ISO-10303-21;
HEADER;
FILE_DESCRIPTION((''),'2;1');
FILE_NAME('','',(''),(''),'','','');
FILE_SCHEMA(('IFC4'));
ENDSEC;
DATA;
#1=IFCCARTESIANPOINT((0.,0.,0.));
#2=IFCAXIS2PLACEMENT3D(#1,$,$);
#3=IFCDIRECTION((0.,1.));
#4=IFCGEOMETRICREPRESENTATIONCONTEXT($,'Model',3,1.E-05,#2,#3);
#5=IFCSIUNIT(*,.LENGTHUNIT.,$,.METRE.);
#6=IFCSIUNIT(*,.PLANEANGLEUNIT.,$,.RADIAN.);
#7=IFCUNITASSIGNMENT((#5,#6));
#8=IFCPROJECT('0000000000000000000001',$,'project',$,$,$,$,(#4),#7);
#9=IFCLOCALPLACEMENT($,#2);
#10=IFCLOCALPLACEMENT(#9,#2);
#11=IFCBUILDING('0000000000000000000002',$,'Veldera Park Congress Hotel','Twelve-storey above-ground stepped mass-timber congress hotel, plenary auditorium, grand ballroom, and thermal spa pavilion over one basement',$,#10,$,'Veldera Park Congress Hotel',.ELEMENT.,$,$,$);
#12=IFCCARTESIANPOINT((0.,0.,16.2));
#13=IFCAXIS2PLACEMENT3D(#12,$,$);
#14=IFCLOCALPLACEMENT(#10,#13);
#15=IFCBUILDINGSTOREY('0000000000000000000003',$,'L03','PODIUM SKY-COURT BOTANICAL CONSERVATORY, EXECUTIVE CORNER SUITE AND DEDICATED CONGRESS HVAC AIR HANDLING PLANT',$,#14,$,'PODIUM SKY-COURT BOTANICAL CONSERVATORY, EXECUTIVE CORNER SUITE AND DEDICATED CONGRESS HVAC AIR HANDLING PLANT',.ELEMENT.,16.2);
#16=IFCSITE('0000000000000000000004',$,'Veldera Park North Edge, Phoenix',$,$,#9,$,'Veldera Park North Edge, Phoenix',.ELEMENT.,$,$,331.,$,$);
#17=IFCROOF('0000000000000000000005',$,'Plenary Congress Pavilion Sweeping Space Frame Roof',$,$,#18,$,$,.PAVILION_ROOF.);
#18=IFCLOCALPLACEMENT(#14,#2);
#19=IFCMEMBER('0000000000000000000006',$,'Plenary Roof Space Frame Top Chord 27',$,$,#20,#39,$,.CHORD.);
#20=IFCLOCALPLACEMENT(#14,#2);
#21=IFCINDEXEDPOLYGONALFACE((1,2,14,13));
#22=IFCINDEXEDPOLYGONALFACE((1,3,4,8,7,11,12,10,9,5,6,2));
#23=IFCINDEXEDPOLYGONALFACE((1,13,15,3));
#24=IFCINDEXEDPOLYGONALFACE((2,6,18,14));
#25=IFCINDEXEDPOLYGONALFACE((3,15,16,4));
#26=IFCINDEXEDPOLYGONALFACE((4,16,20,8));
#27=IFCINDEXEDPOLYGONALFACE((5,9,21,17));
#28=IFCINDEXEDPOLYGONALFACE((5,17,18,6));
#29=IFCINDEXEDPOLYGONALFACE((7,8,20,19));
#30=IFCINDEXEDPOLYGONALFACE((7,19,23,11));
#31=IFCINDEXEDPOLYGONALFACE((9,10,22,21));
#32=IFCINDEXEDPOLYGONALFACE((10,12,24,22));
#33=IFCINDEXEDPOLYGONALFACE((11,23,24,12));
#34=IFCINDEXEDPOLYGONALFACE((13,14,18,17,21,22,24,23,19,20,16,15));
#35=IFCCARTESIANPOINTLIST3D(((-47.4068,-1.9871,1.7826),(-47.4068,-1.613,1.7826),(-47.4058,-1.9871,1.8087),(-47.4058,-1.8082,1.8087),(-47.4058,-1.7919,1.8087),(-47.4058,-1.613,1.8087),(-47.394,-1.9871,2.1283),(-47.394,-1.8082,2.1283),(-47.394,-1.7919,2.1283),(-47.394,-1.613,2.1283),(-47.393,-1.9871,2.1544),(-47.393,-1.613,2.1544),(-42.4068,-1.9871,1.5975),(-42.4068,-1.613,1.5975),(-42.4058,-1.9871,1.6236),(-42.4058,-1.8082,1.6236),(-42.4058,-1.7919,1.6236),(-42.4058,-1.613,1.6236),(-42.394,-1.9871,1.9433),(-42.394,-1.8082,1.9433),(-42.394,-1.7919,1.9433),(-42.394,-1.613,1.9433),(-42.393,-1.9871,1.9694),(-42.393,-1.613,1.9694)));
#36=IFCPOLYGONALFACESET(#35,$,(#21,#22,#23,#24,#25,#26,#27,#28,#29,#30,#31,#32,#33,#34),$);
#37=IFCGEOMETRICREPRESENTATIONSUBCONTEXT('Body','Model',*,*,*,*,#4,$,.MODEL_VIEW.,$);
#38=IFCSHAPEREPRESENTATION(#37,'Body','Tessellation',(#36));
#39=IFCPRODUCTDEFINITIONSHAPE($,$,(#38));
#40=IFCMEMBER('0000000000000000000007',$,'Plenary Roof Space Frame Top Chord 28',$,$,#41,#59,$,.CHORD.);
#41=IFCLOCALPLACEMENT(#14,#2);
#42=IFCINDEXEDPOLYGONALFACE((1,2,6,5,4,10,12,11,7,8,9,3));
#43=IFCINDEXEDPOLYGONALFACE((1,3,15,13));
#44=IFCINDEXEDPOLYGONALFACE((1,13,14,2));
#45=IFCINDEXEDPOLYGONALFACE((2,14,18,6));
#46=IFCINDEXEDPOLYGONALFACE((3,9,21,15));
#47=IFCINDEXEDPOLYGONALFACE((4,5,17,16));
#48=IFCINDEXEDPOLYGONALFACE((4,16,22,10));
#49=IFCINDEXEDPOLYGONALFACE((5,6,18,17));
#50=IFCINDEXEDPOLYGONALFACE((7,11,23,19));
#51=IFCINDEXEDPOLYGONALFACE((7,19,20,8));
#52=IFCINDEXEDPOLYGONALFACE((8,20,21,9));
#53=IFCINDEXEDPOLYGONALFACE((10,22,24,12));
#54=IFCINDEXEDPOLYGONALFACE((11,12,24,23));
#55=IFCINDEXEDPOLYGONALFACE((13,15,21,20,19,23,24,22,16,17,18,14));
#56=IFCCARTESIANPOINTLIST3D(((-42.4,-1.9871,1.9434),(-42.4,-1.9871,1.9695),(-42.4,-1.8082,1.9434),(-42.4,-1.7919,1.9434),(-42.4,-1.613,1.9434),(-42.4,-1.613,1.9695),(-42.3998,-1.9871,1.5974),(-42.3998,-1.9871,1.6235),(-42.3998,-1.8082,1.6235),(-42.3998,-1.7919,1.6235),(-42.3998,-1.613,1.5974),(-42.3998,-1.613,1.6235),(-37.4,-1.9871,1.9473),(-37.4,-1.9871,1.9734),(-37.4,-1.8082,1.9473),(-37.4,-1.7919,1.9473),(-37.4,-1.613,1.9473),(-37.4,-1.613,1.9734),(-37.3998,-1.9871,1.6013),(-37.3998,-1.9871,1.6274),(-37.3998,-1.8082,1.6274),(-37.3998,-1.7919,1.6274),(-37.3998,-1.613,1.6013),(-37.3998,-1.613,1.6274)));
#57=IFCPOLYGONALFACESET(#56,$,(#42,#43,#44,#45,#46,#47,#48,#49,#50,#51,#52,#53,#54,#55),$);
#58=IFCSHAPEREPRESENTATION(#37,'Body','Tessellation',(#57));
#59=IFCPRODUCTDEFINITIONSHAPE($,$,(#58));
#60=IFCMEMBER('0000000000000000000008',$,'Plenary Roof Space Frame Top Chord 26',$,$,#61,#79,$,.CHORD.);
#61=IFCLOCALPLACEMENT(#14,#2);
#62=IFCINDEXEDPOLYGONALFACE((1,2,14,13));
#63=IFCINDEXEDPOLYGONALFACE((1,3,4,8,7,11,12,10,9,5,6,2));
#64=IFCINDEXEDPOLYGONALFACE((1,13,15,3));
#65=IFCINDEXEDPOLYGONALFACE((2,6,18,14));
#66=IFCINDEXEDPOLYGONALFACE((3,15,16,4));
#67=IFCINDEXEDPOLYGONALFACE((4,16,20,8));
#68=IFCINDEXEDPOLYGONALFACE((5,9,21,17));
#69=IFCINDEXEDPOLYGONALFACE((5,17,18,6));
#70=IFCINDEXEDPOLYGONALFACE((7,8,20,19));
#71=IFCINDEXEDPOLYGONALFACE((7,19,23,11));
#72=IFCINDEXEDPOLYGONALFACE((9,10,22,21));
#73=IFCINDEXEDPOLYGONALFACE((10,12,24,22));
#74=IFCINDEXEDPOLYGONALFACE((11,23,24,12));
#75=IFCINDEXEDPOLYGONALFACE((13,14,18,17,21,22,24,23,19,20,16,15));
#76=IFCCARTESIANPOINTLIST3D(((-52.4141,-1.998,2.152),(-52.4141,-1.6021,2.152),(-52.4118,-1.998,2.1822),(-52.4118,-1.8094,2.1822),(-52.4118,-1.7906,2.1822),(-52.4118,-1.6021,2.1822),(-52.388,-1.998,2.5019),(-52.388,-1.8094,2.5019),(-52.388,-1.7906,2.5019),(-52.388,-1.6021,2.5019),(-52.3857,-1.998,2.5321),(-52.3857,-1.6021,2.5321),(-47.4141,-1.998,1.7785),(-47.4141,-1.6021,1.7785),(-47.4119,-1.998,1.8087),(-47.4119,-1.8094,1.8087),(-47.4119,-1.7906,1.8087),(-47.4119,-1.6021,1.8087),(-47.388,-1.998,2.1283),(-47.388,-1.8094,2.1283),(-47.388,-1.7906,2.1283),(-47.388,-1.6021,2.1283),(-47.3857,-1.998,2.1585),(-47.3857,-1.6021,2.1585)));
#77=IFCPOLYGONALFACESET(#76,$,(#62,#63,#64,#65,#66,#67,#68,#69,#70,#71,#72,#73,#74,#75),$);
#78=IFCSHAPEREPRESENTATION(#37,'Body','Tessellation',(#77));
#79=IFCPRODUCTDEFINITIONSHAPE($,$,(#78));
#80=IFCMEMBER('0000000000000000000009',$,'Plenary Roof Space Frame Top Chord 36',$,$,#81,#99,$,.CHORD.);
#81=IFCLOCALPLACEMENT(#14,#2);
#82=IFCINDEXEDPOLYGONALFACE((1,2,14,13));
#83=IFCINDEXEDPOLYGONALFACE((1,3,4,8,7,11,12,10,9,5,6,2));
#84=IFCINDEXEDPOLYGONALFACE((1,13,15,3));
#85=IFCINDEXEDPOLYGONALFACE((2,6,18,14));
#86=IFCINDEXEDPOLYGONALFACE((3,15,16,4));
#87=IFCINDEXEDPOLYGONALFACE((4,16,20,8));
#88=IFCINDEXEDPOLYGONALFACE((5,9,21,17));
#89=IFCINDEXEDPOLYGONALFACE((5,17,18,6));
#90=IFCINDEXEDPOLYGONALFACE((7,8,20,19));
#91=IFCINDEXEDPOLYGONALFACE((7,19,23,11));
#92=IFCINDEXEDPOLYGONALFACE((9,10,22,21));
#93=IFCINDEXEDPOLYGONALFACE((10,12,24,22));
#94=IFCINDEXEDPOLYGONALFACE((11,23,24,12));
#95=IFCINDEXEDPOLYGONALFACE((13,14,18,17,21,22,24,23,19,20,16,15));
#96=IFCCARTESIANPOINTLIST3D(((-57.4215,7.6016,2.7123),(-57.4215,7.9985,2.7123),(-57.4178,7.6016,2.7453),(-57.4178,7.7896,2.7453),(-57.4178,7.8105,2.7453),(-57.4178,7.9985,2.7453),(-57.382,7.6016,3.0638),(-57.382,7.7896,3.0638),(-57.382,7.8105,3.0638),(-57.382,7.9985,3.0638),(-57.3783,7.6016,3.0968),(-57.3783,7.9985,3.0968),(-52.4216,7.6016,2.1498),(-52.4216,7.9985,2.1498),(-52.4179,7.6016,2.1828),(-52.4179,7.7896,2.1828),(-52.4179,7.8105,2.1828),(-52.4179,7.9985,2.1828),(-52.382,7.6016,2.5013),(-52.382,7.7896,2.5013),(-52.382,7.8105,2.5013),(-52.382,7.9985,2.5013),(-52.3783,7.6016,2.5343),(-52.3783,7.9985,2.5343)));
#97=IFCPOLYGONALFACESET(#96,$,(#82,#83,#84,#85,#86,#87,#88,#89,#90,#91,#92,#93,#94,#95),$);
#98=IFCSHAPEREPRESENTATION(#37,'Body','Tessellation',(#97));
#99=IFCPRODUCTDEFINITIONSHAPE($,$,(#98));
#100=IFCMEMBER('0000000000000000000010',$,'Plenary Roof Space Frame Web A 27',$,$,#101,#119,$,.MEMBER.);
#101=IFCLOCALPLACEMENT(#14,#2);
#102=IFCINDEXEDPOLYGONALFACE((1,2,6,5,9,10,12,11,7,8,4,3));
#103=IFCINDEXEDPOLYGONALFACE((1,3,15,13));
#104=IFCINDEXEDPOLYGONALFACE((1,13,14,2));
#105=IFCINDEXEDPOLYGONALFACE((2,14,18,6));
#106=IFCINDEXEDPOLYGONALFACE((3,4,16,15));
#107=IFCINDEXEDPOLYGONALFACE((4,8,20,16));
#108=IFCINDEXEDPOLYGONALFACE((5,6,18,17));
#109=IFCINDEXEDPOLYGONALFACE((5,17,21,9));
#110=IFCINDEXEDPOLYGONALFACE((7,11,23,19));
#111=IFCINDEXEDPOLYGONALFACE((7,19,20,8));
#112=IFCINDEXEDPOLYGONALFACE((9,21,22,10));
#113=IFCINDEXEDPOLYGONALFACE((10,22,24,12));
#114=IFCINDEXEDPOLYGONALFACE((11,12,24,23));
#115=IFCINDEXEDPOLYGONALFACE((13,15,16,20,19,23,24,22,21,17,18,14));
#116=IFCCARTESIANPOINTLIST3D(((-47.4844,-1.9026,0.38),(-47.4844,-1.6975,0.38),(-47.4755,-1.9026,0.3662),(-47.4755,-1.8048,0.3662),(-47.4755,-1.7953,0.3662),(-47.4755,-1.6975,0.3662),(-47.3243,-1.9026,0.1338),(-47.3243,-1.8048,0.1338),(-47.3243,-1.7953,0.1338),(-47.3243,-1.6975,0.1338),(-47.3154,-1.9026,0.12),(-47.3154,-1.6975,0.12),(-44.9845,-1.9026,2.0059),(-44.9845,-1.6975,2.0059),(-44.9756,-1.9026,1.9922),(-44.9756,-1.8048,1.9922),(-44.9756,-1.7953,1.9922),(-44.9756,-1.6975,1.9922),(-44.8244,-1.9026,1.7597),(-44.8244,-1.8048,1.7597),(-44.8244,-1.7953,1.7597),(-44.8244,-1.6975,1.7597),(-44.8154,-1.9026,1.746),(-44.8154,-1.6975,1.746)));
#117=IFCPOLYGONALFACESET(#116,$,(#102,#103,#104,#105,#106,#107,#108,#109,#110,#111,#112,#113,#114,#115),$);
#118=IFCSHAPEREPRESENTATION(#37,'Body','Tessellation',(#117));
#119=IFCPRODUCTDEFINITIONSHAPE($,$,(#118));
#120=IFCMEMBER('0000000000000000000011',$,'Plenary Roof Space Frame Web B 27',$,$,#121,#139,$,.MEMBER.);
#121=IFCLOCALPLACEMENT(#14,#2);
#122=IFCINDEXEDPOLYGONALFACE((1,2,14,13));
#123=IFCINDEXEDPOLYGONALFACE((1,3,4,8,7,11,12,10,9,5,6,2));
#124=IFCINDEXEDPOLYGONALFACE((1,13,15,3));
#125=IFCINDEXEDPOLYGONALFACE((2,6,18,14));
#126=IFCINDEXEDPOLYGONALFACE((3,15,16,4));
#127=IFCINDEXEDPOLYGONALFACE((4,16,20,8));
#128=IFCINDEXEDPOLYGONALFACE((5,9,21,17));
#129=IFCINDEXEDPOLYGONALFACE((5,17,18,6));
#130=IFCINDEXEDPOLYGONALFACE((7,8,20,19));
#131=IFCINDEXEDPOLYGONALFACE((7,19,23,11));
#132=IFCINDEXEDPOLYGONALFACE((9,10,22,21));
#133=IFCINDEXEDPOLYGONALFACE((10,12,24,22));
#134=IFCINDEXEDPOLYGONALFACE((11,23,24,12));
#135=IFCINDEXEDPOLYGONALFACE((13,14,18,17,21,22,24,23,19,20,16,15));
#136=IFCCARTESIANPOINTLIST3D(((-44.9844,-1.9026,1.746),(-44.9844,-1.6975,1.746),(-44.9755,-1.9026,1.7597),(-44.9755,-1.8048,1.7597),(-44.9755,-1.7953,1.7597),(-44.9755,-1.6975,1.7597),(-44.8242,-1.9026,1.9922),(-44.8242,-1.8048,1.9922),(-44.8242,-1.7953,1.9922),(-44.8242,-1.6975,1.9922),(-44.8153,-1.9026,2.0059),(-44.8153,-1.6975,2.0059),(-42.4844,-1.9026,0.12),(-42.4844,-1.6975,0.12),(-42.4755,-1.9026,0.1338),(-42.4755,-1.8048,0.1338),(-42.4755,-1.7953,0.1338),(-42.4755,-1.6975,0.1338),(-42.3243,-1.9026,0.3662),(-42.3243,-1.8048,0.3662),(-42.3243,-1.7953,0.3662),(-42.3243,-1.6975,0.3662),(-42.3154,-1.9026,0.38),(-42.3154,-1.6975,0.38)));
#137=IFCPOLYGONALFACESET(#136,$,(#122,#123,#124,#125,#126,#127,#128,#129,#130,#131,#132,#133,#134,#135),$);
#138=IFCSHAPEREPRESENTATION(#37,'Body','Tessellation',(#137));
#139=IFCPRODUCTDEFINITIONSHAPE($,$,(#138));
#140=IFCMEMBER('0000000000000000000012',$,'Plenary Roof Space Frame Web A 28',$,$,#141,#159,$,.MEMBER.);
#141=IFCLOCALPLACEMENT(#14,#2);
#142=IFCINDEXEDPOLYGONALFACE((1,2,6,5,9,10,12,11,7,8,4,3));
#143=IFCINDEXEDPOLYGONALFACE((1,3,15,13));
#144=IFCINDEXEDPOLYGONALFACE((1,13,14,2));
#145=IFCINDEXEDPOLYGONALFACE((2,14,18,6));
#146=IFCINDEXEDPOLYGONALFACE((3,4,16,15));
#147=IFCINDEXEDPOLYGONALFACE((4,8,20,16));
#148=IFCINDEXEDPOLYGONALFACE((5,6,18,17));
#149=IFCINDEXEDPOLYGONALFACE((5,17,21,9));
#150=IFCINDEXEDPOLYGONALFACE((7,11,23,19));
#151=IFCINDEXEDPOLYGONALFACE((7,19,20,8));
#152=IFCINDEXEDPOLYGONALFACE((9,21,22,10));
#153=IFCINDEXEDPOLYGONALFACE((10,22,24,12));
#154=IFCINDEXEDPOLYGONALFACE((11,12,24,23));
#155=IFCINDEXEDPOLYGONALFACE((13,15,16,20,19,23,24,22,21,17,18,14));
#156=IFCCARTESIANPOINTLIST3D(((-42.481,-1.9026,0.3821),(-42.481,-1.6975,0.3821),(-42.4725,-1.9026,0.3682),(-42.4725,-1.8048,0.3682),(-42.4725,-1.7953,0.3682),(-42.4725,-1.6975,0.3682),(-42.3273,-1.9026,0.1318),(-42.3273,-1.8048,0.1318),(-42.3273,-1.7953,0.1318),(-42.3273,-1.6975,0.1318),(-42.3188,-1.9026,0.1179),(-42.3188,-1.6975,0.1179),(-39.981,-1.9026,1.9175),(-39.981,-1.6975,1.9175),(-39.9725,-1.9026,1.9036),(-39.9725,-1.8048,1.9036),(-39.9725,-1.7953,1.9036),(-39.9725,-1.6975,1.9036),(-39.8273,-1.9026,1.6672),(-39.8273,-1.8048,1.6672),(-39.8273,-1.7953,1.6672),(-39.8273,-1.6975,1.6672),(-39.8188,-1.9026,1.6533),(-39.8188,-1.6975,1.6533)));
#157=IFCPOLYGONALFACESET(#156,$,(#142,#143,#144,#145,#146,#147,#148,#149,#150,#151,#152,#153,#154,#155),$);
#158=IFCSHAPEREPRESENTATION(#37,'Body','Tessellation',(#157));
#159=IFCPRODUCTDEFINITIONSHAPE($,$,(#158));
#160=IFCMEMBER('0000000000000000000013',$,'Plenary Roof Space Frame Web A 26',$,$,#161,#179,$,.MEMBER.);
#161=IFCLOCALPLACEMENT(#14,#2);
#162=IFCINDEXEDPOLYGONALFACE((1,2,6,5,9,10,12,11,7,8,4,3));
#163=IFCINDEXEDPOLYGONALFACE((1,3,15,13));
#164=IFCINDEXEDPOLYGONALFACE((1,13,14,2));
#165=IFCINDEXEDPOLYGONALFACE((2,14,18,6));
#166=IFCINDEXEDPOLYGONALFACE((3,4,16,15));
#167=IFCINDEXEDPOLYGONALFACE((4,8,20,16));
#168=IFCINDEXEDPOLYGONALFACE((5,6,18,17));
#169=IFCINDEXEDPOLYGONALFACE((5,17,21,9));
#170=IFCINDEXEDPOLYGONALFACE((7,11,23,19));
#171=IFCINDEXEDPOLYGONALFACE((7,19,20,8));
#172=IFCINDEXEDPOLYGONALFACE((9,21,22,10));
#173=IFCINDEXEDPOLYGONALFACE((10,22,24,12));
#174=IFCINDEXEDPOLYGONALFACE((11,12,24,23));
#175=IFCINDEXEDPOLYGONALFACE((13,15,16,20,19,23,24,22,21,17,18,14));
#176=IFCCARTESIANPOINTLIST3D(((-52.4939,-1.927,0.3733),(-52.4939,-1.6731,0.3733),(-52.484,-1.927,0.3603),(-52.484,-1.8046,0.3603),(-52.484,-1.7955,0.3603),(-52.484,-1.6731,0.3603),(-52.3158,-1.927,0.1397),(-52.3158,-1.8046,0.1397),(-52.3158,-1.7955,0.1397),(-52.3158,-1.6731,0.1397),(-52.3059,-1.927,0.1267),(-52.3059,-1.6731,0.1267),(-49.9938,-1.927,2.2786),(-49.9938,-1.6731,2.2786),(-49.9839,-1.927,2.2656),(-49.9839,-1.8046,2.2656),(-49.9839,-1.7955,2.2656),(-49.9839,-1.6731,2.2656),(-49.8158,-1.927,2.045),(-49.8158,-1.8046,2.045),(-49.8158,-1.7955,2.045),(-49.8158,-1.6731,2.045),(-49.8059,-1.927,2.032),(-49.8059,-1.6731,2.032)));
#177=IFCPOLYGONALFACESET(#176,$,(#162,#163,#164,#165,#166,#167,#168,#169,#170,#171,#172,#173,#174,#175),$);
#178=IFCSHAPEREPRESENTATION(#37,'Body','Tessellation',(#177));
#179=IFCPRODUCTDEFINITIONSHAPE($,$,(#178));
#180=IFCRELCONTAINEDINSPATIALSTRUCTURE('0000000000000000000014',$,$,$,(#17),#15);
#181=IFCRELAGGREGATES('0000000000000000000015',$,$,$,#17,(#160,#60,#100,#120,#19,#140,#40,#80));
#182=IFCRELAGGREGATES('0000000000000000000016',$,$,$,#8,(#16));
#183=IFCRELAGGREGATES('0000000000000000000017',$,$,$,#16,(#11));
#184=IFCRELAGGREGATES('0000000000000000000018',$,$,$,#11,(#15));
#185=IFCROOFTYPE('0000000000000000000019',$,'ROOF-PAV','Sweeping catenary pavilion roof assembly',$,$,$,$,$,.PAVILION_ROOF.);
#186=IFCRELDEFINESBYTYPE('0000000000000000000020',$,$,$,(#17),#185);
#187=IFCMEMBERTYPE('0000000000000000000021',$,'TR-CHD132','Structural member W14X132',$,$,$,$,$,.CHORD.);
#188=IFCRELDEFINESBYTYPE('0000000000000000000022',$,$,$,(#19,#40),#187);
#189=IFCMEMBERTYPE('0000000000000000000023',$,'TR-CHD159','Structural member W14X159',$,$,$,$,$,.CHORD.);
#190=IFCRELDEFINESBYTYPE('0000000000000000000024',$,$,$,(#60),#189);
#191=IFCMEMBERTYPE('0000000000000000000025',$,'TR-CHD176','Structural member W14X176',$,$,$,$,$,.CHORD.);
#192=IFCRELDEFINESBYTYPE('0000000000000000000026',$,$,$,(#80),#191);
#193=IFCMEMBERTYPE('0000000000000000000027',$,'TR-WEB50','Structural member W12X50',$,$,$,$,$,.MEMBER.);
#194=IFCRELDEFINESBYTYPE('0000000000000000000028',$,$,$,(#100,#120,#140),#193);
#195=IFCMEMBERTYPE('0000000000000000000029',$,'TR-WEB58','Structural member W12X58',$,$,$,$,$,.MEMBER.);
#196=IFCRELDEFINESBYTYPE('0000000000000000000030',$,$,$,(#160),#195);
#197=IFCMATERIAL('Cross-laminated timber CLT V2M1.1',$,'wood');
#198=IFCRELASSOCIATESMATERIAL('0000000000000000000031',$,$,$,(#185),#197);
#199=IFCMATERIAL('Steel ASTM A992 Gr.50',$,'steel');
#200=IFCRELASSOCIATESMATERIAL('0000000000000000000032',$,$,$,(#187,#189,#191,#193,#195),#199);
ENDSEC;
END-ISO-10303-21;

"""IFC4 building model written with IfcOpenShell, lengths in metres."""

from ifc_helpers import new_model, si_unit, direction, frame, origin, origin_2d, place, context, subcontext, project, spatial, i_section, extrude, material, material_profile, profile_set, type_object, element, aggregate, save


model = new_model("IFC4")

# Units and contexts
model_context = context("Model", 3, precision=1e-05, world=origin(), true_north=direction((0.0, 1.0)))
body_context = subcontext(model_context, "Body", "Model", "MODEL_VIEW")
ifc_project = project(units=[si_unit("LENGTHUNIT", "METRE"), si_unit("PLANEANGLEUNIT", "RADIAN")], contexts=[model_context])

# Site, building, storey
site_placement = place(None, origin())
site = spatial("IfcSite", under=ifc_project, at=site_placement, Name="Veldera Park North Edge, Phoenix", LongName="Veldera Park North Edge, Phoenix", CompositionType="ELEMENT", RefElevation=331.0)
building_placement = place(site_placement, origin())
building = spatial("IfcBuilding", under=site, at=building_placement, Name="Veldera Park Congress Hotel", Description="Twelve-storey above-ground stepped mass-timber congress hotel, plenary auditorium, grand ballroom, and thermal spa pavilion over one basement", LongName="Veldera Park Congress Hotel", CompositionType="ELEMENT")
storey_placement = place(building_placement, frame((0.0, 0.0, 16.2)))
storey = spatial("IfcBuildingStorey", under=building, at=storey_placement, Name="L03", Description="PODIUM SKY-COURT BOTANICAL CONSERVATORY, EXECUTIVE CORNER SUITE AND DEDICATED CONGRESS HVAC AIR HANDLING PLANT", LongName="PODIUM SKY-COURT BOTANICAL CONSERVATORY, EXECUTIVE CORNER SUITE AND DEDICATED CONGRESS HVAC AIR HANDLING PLANT", CompositionType="ELEMENT", Elevation=16.2)

# Roof, members
ifc_material_1 = material(Name="Cross-laminated timber CLT V2M1.1", Category="wood")
roof_type = type_object("IfcRoofType", Name="ROOF-PAV", Description="Sweeping catenary pavilion roof assembly", PredefinedType="PAVILION_ROOF", material=ifc_material_1)
roof_placement = place(storey_placement, origin())
roof = element("IfcRoof", 1, at=roof_placement, inside=storey, type_object=roof_type, Name="Plenary Congress Pavilion Sweeping Space Frame Roof", PredefinedType="PAVILION_ROOF")
ifc_material_2 = material(Name="Steel ASTM A992 Gr.50", Category="steel")
ifc_material_profile_1 = material_profile(ifc_material_2, i_section(OverallWidth=0.374, OverallDepth=0.3721, WebThickness=0.0164, FlangeThickness=0.0261, at=origin_2d()), Name="W14X132")
ifc_profile_set_1 = profile_set([ifc_material_profile_1], Name="Steel ASTM A992 Gr.50")
member_type_1 = type_object("IfcMemberType", Name="TR-CHD132", Description="Structural member W14X132", PredefinedType="CHORD", material=ifc_profile_set_1)
member_1_placement = place(storey_placement, frame((-47.3999, -1.8, 1.9685), z_axis=(0.999316, 0.0, -0.036986), x_axis=(0.0, 1.0, 0.0)))
member_1 = element("IfcMember", 2, at=member_1_placement, type_object=member_type_1, Name="Plenary Roof Space Frame Top Chord 27", PredefinedType="CHORD", context=body_context, shape_type="SweptSolid", body=[
    extrude(i_section(OverallWidth=0.374, OverallDepth=0.3721, WebThickness=0.0164, FlangeThickness=0.0261, at=origin_2d()), origin(), (0.0, 0.0, 1.0), 5.0034),
])
member_2_placement = place(storey_placement, frame((-42.3999, -1.8, 1.7834), z_axis=(1.0, 0.0, 0.000781), x_axis=(0.0, 1.0, 0.0)))
member_2 = element("IfcMember", 3, at=member_2_placement, type_object=member_type_1, Name="Plenary Roof Space Frame Top Chord 28", PredefinedType="CHORD", context=body_context, shape_type="SweptSolid", body=[
    extrude(i_section(OverallWidth=0.374, OverallDepth=0.3721, WebThickness=0.0164, FlangeThickness=0.0261, at=origin_2d()), origin(), (0.0, 0.0, 1.0), 5.0),
])
ifc_material_profile_2 = material_profile(ifc_material_2, i_section(OverallWidth=0.396, OverallDepth=0.3811, WebThickness=0.0188, FlangeThickness=0.0303, at=origin_2d()), Name="W14X159")
ifc_profile_set_2 = profile_set([ifc_material_profile_2], Name="Steel ASTM A992 Gr.50")
member_type_2 = type_object("IfcMemberType", Name="TR-CHD159", Description="Structural member W14X159", PredefinedType="CHORD", material=ifc_profile_set_2)
member_3_placement = place(storey_placement, frame((-52.3999, -1.8, 2.342), z_axis=(0.997221, 0.0, -0.074499), x_axis=(0.0, 1.0, 0.0)))
member_3 = element("IfcMember", 4, at=member_3_placement, type_object=member_type_2, Name="Plenary Roof Space Frame Top Chord 26", PredefinedType="CHORD", context=body_context, shape_type="SweptSolid", body=[
    extrude(i_section(OverallWidth=0.396, OverallDepth=0.3811, WebThickness=0.0188, FlangeThickness=0.0303, at=origin_2d()), origin(), (0.0, 0.0, 1.0), 5.0139),
])
ifc_material_profile_3 = material_profile(ifc_material_2, i_section(OverallWidth=0.397, OverallDepth=0.387, WebThickness=0.021, FlangeThickness=0.0332, at=origin_2d()), Name="W14X176")
ifc_profile_set_3 = profile_set([ifc_material_profile_3], Name="Steel ASTM A992 Gr.50")
member_type_3 = type_object("IfcMemberType", Name="TR-CHD176", Description="Structural member W14X176", PredefinedType="CHORD", material=ifc_profile_set_3)
member_4_placement = place(storey_placement, frame((-57.3999, 7.8, 2.9045), z_axis=(0.993731, 0.0, -0.111795), x_axis=(0.0, 1.0, 0.0)))
member_4 = element("IfcMember", 5, at=member_4_placement, type_object=member_type_3, Name="Plenary Roof Space Frame Top Chord 36", PredefinedType="CHORD", context=body_context, shape_type="SweptSolid", body=[
    extrude(i_section(OverallWidth=0.397, OverallDepth=0.387, WebThickness=0.021, FlangeThickness=0.0332, at=origin_2d()), origin(), (0.0, 0.0, 1.0), 5.0315),
])
ifc_material_profile_4 = material_profile(ifc_material_2, i_section(OverallWidth=0.2051, OverallDepth=0.3101, WebThickness=0.0095, FlangeThickness=0.0164, at=origin_2d()), Name="W12X50")
ifc_profile_set_4 = profile_set([ifc_material_profile_4], Name="Steel ASTM A992 Gr.50")
member_type_4 = type_object("IfcMemberType", Name="TR-WEB50", Description="Structural member W12X50", PredefinedType="MEMBER", material=ifc_profile_set_4)
member_5_placement = place(storey_placement, frame((-47.3999, -1.8, 0.25), z_axis=(0.838294, 0.0, 0.545219), x_axis=(0.0, 1.0, 0.0)))
member_5 = element("IfcMember", 6, at=member_5_placement, type_object=member_type_4, Name="Plenary Roof Space Frame Web A 27", PredefinedType="MEMBER", context=body_context, shape_type="SweptSolid", body=[
    extrude(i_section(OverallWidth=0.2051, OverallDepth=0.3101, WebThickness=0.0095, FlangeThickness=0.0164, at=origin_2d()), origin(), (0.0, 0.0, 1.0), 2.9822),
])
member_6_placement = place(storey_placement, frame((-42.3999, -1.8, 0.25), z_axis=(-0.838294, 0.0, 0.545219), x_axis=(0.0, -1.0, 0.0)))
member_6 = element("IfcMember", 7, at=member_6_placement, type_object=member_type_4, Name="Plenary Roof Space Frame Web B 27", PredefinedType="MEMBER", context=body_context, shape_type="SweptSolid", body=[
    extrude(i_section(OverallWidth=0.2051, OverallDepth=0.3101, WebThickness=0.0095, FlangeThickness=0.0164, at=origin_2d()), origin(), (0.0, 0.0, 1.0), 2.9822),
])
member_7_placement = place(storey_placement, frame((-42.3999, -1.8, 0.25), z_axis=(0.852124, 0.0, 0.52334), x_axis=(0.0, 1.0, 0.0)))
member_7 = element("IfcMember", 8, at=member_7_placement, type_object=member_type_4, Name="Plenary Roof Space Frame Web A 28", PredefinedType="MEMBER", context=body_context, shape_type="SweptSolid", body=[
    extrude(i_section(OverallWidth=0.2051, OverallDepth=0.3101, WebThickness=0.0095, FlangeThickness=0.0164, at=origin_2d()), origin(), (0.0, 0.0, 1.0), 2.9338),
])
ifc_material_profile_5 = material_profile(ifc_material_2, i_section(OverallWidth=0.2539, OverallDepth=0.3101, WebThickness=0.009, FlangeThickness=0.0164, at=origin_2d()), Name="W12X58")
ifc_profile_set_5 = profile_set([ifc_material_profile_5], Name="Steel ASTM A992 Gr.50")
member_type_5 = type_object("IfcMemberType", Name="TR-WEB58", Description="Structural member W12X58", PredefinedType="MEMBER", material=ifc_profile_set_5)
member_8_placement = place(storey_placement, frame((-52.3999, -1.8, 0.25), z_axis=(0.795353, 0.0, 0.606146), x_axis=(0.0, 1.0, 0.0)))
member_8 = element("IfcMember", 9, at=member_8_placement, type_object=member_type_5, Name="Plenary Roof Space Frame Web A 26", PredefinedType="MEMBER", context=body_context, shape_type="SweptSolid", body=[
    extrude(i_section(OverallWidth=0.2539, OverallDepth=0.3101, WebThickness=0.009, FlangeThickness=0.0164, at=origin_2d()), origin(), (0.0, 0.0, 1.0), 3.1433),
])
aggregate(roof, [member_8, member_3, member_5, member_6, member_1, member_7, member_2, member_4])

save(model, "model.ifc")
